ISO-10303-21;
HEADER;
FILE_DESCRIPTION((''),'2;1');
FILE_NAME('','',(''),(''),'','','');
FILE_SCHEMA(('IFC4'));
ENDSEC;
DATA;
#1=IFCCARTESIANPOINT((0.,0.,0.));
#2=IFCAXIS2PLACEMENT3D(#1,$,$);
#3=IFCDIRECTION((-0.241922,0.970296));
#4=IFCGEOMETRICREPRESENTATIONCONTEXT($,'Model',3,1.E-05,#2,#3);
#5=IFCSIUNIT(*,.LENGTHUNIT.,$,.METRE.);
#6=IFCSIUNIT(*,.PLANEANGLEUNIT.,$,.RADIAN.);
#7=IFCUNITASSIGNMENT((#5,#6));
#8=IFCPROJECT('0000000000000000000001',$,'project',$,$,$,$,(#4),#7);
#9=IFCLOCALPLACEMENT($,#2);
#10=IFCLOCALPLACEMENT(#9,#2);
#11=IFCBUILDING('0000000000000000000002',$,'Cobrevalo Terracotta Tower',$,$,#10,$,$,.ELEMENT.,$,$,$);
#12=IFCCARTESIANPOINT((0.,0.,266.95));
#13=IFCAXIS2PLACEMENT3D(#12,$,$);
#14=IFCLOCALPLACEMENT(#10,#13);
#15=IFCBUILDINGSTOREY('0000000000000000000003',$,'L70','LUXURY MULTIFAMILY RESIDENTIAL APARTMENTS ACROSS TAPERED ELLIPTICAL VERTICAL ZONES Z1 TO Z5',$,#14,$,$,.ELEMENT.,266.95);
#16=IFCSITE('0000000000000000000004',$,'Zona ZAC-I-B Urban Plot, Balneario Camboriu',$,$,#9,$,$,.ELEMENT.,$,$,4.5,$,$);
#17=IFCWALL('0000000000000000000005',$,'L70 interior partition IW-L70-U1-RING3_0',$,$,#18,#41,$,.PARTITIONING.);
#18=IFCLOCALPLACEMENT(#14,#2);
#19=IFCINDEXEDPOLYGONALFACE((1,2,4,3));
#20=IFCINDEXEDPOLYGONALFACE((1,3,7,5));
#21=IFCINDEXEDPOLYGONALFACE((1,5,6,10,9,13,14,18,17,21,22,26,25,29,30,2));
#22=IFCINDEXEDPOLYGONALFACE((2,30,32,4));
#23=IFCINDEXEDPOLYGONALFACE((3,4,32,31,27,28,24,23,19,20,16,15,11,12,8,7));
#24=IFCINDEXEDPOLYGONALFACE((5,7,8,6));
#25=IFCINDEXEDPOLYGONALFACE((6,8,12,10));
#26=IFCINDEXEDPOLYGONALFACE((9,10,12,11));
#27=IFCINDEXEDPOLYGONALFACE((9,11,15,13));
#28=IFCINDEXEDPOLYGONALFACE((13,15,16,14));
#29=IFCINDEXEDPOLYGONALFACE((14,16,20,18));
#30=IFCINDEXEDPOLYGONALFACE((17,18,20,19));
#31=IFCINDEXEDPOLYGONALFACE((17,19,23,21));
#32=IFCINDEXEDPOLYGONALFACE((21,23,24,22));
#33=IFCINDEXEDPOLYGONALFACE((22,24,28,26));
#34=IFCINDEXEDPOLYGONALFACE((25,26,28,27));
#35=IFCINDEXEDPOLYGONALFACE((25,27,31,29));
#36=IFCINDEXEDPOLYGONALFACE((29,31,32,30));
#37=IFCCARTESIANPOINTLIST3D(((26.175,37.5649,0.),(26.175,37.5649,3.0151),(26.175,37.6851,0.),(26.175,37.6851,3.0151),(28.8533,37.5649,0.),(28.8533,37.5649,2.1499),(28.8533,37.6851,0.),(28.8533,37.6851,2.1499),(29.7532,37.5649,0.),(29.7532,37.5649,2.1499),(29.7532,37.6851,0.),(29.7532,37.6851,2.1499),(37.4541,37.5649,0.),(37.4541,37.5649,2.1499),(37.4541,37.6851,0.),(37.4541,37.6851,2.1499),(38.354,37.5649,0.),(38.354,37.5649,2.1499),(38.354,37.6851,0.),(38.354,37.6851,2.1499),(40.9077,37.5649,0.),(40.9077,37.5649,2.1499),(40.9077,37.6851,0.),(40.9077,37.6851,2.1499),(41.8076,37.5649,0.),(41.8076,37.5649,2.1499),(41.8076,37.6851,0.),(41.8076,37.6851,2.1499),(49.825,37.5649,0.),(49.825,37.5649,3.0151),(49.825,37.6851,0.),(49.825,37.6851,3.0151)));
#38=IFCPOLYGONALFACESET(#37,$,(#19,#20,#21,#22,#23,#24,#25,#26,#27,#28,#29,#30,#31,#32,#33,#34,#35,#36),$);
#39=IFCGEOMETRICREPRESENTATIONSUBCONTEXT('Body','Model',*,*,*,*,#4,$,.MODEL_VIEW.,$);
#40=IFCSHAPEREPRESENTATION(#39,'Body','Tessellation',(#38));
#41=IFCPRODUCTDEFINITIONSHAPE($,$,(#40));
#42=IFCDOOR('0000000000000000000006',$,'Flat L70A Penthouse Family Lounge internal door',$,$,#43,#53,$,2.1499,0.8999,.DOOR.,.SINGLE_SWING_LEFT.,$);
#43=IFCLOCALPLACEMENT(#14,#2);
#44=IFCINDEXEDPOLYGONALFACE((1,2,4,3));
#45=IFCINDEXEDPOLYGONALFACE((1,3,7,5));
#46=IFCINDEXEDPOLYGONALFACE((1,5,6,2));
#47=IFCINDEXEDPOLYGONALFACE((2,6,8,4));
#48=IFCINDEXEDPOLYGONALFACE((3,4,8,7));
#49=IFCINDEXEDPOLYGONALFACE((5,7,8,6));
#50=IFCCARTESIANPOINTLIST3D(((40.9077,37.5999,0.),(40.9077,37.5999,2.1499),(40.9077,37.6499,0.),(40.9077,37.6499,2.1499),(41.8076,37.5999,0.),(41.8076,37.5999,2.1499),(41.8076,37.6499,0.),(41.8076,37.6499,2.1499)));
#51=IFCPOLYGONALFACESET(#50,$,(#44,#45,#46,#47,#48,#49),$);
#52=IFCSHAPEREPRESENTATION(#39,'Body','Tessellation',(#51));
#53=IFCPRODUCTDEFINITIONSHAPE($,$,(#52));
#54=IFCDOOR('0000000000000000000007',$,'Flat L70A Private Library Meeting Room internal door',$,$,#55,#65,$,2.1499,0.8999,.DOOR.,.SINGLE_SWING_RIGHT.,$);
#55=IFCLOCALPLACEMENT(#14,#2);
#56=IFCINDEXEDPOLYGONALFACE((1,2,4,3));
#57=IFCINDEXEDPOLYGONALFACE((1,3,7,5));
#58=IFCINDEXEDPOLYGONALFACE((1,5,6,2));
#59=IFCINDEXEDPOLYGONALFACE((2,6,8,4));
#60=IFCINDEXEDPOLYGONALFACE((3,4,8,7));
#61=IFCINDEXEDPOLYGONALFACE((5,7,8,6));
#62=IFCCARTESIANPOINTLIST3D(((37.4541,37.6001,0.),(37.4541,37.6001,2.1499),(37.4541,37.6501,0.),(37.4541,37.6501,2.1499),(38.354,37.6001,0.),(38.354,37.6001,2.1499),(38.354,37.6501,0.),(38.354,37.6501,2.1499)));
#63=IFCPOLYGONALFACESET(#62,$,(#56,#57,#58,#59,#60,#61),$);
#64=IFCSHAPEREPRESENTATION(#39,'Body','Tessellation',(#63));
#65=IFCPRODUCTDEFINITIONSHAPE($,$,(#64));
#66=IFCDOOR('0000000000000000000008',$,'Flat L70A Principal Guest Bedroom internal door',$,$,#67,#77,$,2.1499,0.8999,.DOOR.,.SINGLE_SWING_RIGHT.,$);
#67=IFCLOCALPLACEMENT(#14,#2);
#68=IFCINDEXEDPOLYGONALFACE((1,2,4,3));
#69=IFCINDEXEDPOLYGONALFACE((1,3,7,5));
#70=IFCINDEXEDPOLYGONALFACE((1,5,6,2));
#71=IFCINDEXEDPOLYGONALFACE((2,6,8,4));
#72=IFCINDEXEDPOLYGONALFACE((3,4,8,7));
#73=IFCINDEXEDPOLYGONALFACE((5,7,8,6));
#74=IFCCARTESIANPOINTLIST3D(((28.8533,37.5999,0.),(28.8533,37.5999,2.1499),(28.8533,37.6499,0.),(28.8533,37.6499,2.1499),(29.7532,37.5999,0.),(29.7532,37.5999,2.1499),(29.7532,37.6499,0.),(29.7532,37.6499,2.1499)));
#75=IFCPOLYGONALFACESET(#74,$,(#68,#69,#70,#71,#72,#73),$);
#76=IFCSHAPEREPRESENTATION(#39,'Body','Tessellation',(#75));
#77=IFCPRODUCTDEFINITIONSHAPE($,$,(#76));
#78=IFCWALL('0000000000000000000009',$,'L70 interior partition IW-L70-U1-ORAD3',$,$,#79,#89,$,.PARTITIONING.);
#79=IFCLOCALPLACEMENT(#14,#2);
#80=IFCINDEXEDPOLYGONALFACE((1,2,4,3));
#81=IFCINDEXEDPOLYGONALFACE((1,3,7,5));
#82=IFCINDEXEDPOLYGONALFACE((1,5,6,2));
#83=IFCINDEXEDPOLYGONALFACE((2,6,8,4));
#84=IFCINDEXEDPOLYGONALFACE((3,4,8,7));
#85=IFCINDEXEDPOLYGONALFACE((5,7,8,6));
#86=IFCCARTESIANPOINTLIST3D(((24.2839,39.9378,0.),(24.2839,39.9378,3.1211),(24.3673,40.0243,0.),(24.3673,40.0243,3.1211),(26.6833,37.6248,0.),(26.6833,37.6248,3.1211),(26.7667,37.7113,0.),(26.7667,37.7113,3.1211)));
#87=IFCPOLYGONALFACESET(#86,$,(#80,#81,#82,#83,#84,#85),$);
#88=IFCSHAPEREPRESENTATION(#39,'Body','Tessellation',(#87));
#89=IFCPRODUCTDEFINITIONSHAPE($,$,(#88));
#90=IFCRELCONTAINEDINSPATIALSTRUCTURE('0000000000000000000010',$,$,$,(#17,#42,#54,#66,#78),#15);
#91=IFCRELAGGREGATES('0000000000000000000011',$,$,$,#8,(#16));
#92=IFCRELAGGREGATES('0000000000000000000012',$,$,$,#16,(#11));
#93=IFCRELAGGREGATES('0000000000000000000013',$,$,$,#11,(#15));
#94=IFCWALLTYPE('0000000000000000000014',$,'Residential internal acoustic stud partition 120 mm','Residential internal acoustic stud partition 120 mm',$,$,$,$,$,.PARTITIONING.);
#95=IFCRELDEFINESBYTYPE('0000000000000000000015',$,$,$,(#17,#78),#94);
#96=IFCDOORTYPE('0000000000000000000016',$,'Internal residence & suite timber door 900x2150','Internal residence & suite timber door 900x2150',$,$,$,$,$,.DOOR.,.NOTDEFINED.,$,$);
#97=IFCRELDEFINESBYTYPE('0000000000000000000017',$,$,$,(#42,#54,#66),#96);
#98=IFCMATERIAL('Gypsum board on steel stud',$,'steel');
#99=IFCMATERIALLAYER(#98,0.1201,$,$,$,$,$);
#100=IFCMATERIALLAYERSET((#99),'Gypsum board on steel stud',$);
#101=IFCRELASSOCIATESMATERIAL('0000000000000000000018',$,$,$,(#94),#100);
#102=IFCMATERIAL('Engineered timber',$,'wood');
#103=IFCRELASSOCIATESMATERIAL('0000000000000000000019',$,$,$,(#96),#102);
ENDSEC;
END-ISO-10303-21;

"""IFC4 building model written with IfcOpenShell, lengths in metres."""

from ifc_helpers import new_model, si_unit, direction, frame, frame_2d, origin, place, context, subcontext, project, spatial, rectangle, extrude, source, transform, mapped, material, layer, layer_set, type_object, element, fill, save


model = new_model("IFC4")

# Units and contexts
model_context = context("Model", 3, precision=1e-05, world=origin(), true_north=direction((-0.241922, 0.970296)))
body_context = subcontext(model_context, "Body", "Model", "MODEL_VIEW")
ifc_project = project(units=[si_unit("LENGTHUNIT", "METRE"), si_unit("PLANEANGLEUNIT", "RADIAN")], contexts=[model_context])

# Site, building, storey
site_placement = place(None, origin())
site = spatial("IfcSite", under=ifc_project, at=site_placement, Name="Zona ZAC-I-B Urban Plot, Balneario Camboriu", CompositionType="ELEMENT", RefElevation=4.5)
building_placement = place(site_placement, origin())
building = spatial("IfcBuilding", under=site, at=building_placement, Name="Cobrevalo Terracotta Tower", CompositionType="ELEMENT")
storey_placement = place(building_placement, frame((0.0, 0.0, 266.95)))
storey = spatial("IfcBuildingStorey", under=building, at=storey_placement, Name="L70", Description="LUXURY MULTIFAMILY RESIDENTIAL APARTMENTS ACROSS TAPERED ELLIPTICAL VERTICAL ZONES Z1 TO Z5", CompositionType="ELEMENT", Elevation=266.95)

# Shared definitions
ifc_material_1 = material(Name="Gypsum board on steel stud", Category="steel")
ifc_layer_1 = layer(ifc_material_1, 0.1201)
ifc_layer_set_1 = layer_set([ifc_layer_1], Name="Gypsum board on steel stud")
wall_type = type_object("IfcWallType", Name="Residential internal acoustic stud partition 120 mm", Description="Residential internal acoustic stud partition 120 mm", PredefinedType="PARTITIONING", material=ifc_layer_set_1)
ifc_material_2 = material(Name="Engineered timber", Category="wood")
door_type = type_object("IfcDoorType", Name="Internal residence & suite timber door 900x2150", Description="Internal residence & suite timber door 900x2150", OperationType="NOTDEFINED", PredefinedType="DOOR", material=ifc_material_2)
shared_shape_1 = source(origin(), body_context, "Body", "SweptSolid", [
    extrude(rectangle(XDim=0.8999, YDim=2.1499, at=frame_2d((0.45, 1.075))), frame((0.0, 0.0249, 0.0), z_axis=(0.0, -1.0, 0.0), x_axis=(1.0, 0.0, 0.0)), (0.0, 0.0, 1.0), 0.05),
])

# Wall, openings, doors
wall_1_placement = place(storey_placement, frame((26.175, 37.625, 0.0), z_axis=(0.0, 0.0, 1.0), x_axis=(1.0, 0.0, 0.0)))
wall_1 = element("IfcWall", 1, at=wall_1_placement, inside=storey, type_object=wall_type, Name="L70 interior partition IW-L70-U1-RING3_0", PredefinedType="PARTITIONING", context=body_context, shape_type="SweptSolid", body=[
    extrude(rectangle(XDim=23.6499, YDim=0.1201, at=frame_2d((11.825, 0.0))), origin(), (0.0, 0.0, 1.0), 3.0151),
])
opening_1_placement = place(wall_1_placement, frame((14.7327, 0.0, 0.0)))
opening_1 = element("IfcOpeningElement", 2, at=opening_1_placement, cuts=wall_1, PredefinedType="OPENING", context=body_context, shape_type="SweptSolid", body=[
    extrude(rectangle(XDim=0.8999, YDim=2.1499, at=frame_2d((0.45, 1.075))), frame((0.0, 0.0701, 0.0), z_axis=(0.0, -1.0, 0.0), x_axis=(1.0, 0.0, 0.0)), (0.0, 0.0, 1.0), 0.1401),
])
opening_2_placement = place(wall_1_placement, frame((11.2791, 0.0, 0.0)))
opening_2 = element("IfcOpeningElement", 3, at=opening_2_placement, cuts=wall_1, PredefinedType="OPENING", context=body_context, shape_type="SweptSolid", body=[
    extrude(rectangle(XDim=0.8999, YDim=2.1499, at=frame_2d((0.45, 1.075))), frame((0.0, 0.0701, 0.0), z_axis=(0.0, -1.0, 0.0), x_axis=(1.0, 0.0, 0.0)), (0.0, 0.0, 1.0), 0.1401),
])
opening_3_placement = place(wall_1_placement, frame((2.6782, 0.0, 0.0)))
opening_3 = element("IfcOpeningElement", 4, at=opening_3_placement, cuts=wall_1, PredefinedType="OPENING", context=body_context, shape_type="SweptSolid", body=[
    extrude(rectangle(XDim=0.8999, YDim=2.1499, at=frame_2d((0.45, 1.075))), frame((0.0, 0.0701, 0.0), z_axis=(0.0, -1.0, 0.0), x_axis=(1.0, 0.0, 0.0)), (0.0, 0.0, 1.0), 0.1401),
])
door_1_placement = place(opening_1_placement, origin())
door_1 = element("IfcDoor", 5, at=door_1_placement, inside=storey, type_object=door_type, Name="Flat L70A Penthouse Family Lounge internal door", OperationType="SINGLE_SWING_LEFT", OverallHeight=2.1499, OverallWidth=0.8999, PredefinedType="DOOR", context=body_context, shape_type="MappedRepresentation", body=[
    mapped(shared_shape_1, transform((0.0, 0.0, 0.0), scale=1.0)),
])
fill(opening_1, door_1)
door_2_placement = place(opening_2_placement, frame((0.8999, 0.0, 0.0), z_axis=(0.0, 0.0, 1.0), x_axis=(-1.0, 0.0, 0.0)))
door_2 = element("IfcDoor", 6, at=door_2_placement, inside=storey, type_object=door_type, Name="Flat L70A Private Library Meeting Room internal door", OperationType="SINGLE_SWING_RIGHT", OverallHeight=2.1499, OverallWidth=0.8999, PredefinedType="DOOR", context=body_context, shape_type="MappedRepresentation", body=[
    mapped(shared_shape_1, transform((0.0, 0.0, 0.0), scale=1.0)),
])
fill(opening_2, door_2)
door_3_placement = place(opening_3_placement, origin())
door_3 = element("IfcDoor", 7, at=door_3_placement, inside=storey, type_object=door_type, Name="Flat L70A Principal Guest Bedroom internal door", OperationType="SINGLE_SWING_RIGHT", OverallHeight=2.1499, OverallWidth=0.8999, PredefinedType="DOOR", context=body_context, shape_type="MappedRepresentation", body=[
    mapped(shared_shape_1, transform((0.0, 0.0, 0.0), scale=1.0)),
])
fill(opening_3, door_3)

# Wall
wall_2_placement = place(storey_placement, frame((26.7251, 37.668, 0.0), z_axis=(0.0, 0.0, 1.0), x_axis=(-0.719954, 0.694022, 0.0)))
element("IfcWall", 8, at=wall_2_placement, inside=storey, type_object=wall_type, Name="L70 interior partition IW-L70-U1-ORAD3", PredefinedType="PARTITIONING", context=body_context, shape_type="SweptSolid", body=[
    extrude(rectangle(XDim=3.3328, YDim=0.1201, at=frame_2d((1.6665, 0.0))), origin(), (0.0, 0.0, 1.0), 3.1211),
])

save(model, "model.ifc")
